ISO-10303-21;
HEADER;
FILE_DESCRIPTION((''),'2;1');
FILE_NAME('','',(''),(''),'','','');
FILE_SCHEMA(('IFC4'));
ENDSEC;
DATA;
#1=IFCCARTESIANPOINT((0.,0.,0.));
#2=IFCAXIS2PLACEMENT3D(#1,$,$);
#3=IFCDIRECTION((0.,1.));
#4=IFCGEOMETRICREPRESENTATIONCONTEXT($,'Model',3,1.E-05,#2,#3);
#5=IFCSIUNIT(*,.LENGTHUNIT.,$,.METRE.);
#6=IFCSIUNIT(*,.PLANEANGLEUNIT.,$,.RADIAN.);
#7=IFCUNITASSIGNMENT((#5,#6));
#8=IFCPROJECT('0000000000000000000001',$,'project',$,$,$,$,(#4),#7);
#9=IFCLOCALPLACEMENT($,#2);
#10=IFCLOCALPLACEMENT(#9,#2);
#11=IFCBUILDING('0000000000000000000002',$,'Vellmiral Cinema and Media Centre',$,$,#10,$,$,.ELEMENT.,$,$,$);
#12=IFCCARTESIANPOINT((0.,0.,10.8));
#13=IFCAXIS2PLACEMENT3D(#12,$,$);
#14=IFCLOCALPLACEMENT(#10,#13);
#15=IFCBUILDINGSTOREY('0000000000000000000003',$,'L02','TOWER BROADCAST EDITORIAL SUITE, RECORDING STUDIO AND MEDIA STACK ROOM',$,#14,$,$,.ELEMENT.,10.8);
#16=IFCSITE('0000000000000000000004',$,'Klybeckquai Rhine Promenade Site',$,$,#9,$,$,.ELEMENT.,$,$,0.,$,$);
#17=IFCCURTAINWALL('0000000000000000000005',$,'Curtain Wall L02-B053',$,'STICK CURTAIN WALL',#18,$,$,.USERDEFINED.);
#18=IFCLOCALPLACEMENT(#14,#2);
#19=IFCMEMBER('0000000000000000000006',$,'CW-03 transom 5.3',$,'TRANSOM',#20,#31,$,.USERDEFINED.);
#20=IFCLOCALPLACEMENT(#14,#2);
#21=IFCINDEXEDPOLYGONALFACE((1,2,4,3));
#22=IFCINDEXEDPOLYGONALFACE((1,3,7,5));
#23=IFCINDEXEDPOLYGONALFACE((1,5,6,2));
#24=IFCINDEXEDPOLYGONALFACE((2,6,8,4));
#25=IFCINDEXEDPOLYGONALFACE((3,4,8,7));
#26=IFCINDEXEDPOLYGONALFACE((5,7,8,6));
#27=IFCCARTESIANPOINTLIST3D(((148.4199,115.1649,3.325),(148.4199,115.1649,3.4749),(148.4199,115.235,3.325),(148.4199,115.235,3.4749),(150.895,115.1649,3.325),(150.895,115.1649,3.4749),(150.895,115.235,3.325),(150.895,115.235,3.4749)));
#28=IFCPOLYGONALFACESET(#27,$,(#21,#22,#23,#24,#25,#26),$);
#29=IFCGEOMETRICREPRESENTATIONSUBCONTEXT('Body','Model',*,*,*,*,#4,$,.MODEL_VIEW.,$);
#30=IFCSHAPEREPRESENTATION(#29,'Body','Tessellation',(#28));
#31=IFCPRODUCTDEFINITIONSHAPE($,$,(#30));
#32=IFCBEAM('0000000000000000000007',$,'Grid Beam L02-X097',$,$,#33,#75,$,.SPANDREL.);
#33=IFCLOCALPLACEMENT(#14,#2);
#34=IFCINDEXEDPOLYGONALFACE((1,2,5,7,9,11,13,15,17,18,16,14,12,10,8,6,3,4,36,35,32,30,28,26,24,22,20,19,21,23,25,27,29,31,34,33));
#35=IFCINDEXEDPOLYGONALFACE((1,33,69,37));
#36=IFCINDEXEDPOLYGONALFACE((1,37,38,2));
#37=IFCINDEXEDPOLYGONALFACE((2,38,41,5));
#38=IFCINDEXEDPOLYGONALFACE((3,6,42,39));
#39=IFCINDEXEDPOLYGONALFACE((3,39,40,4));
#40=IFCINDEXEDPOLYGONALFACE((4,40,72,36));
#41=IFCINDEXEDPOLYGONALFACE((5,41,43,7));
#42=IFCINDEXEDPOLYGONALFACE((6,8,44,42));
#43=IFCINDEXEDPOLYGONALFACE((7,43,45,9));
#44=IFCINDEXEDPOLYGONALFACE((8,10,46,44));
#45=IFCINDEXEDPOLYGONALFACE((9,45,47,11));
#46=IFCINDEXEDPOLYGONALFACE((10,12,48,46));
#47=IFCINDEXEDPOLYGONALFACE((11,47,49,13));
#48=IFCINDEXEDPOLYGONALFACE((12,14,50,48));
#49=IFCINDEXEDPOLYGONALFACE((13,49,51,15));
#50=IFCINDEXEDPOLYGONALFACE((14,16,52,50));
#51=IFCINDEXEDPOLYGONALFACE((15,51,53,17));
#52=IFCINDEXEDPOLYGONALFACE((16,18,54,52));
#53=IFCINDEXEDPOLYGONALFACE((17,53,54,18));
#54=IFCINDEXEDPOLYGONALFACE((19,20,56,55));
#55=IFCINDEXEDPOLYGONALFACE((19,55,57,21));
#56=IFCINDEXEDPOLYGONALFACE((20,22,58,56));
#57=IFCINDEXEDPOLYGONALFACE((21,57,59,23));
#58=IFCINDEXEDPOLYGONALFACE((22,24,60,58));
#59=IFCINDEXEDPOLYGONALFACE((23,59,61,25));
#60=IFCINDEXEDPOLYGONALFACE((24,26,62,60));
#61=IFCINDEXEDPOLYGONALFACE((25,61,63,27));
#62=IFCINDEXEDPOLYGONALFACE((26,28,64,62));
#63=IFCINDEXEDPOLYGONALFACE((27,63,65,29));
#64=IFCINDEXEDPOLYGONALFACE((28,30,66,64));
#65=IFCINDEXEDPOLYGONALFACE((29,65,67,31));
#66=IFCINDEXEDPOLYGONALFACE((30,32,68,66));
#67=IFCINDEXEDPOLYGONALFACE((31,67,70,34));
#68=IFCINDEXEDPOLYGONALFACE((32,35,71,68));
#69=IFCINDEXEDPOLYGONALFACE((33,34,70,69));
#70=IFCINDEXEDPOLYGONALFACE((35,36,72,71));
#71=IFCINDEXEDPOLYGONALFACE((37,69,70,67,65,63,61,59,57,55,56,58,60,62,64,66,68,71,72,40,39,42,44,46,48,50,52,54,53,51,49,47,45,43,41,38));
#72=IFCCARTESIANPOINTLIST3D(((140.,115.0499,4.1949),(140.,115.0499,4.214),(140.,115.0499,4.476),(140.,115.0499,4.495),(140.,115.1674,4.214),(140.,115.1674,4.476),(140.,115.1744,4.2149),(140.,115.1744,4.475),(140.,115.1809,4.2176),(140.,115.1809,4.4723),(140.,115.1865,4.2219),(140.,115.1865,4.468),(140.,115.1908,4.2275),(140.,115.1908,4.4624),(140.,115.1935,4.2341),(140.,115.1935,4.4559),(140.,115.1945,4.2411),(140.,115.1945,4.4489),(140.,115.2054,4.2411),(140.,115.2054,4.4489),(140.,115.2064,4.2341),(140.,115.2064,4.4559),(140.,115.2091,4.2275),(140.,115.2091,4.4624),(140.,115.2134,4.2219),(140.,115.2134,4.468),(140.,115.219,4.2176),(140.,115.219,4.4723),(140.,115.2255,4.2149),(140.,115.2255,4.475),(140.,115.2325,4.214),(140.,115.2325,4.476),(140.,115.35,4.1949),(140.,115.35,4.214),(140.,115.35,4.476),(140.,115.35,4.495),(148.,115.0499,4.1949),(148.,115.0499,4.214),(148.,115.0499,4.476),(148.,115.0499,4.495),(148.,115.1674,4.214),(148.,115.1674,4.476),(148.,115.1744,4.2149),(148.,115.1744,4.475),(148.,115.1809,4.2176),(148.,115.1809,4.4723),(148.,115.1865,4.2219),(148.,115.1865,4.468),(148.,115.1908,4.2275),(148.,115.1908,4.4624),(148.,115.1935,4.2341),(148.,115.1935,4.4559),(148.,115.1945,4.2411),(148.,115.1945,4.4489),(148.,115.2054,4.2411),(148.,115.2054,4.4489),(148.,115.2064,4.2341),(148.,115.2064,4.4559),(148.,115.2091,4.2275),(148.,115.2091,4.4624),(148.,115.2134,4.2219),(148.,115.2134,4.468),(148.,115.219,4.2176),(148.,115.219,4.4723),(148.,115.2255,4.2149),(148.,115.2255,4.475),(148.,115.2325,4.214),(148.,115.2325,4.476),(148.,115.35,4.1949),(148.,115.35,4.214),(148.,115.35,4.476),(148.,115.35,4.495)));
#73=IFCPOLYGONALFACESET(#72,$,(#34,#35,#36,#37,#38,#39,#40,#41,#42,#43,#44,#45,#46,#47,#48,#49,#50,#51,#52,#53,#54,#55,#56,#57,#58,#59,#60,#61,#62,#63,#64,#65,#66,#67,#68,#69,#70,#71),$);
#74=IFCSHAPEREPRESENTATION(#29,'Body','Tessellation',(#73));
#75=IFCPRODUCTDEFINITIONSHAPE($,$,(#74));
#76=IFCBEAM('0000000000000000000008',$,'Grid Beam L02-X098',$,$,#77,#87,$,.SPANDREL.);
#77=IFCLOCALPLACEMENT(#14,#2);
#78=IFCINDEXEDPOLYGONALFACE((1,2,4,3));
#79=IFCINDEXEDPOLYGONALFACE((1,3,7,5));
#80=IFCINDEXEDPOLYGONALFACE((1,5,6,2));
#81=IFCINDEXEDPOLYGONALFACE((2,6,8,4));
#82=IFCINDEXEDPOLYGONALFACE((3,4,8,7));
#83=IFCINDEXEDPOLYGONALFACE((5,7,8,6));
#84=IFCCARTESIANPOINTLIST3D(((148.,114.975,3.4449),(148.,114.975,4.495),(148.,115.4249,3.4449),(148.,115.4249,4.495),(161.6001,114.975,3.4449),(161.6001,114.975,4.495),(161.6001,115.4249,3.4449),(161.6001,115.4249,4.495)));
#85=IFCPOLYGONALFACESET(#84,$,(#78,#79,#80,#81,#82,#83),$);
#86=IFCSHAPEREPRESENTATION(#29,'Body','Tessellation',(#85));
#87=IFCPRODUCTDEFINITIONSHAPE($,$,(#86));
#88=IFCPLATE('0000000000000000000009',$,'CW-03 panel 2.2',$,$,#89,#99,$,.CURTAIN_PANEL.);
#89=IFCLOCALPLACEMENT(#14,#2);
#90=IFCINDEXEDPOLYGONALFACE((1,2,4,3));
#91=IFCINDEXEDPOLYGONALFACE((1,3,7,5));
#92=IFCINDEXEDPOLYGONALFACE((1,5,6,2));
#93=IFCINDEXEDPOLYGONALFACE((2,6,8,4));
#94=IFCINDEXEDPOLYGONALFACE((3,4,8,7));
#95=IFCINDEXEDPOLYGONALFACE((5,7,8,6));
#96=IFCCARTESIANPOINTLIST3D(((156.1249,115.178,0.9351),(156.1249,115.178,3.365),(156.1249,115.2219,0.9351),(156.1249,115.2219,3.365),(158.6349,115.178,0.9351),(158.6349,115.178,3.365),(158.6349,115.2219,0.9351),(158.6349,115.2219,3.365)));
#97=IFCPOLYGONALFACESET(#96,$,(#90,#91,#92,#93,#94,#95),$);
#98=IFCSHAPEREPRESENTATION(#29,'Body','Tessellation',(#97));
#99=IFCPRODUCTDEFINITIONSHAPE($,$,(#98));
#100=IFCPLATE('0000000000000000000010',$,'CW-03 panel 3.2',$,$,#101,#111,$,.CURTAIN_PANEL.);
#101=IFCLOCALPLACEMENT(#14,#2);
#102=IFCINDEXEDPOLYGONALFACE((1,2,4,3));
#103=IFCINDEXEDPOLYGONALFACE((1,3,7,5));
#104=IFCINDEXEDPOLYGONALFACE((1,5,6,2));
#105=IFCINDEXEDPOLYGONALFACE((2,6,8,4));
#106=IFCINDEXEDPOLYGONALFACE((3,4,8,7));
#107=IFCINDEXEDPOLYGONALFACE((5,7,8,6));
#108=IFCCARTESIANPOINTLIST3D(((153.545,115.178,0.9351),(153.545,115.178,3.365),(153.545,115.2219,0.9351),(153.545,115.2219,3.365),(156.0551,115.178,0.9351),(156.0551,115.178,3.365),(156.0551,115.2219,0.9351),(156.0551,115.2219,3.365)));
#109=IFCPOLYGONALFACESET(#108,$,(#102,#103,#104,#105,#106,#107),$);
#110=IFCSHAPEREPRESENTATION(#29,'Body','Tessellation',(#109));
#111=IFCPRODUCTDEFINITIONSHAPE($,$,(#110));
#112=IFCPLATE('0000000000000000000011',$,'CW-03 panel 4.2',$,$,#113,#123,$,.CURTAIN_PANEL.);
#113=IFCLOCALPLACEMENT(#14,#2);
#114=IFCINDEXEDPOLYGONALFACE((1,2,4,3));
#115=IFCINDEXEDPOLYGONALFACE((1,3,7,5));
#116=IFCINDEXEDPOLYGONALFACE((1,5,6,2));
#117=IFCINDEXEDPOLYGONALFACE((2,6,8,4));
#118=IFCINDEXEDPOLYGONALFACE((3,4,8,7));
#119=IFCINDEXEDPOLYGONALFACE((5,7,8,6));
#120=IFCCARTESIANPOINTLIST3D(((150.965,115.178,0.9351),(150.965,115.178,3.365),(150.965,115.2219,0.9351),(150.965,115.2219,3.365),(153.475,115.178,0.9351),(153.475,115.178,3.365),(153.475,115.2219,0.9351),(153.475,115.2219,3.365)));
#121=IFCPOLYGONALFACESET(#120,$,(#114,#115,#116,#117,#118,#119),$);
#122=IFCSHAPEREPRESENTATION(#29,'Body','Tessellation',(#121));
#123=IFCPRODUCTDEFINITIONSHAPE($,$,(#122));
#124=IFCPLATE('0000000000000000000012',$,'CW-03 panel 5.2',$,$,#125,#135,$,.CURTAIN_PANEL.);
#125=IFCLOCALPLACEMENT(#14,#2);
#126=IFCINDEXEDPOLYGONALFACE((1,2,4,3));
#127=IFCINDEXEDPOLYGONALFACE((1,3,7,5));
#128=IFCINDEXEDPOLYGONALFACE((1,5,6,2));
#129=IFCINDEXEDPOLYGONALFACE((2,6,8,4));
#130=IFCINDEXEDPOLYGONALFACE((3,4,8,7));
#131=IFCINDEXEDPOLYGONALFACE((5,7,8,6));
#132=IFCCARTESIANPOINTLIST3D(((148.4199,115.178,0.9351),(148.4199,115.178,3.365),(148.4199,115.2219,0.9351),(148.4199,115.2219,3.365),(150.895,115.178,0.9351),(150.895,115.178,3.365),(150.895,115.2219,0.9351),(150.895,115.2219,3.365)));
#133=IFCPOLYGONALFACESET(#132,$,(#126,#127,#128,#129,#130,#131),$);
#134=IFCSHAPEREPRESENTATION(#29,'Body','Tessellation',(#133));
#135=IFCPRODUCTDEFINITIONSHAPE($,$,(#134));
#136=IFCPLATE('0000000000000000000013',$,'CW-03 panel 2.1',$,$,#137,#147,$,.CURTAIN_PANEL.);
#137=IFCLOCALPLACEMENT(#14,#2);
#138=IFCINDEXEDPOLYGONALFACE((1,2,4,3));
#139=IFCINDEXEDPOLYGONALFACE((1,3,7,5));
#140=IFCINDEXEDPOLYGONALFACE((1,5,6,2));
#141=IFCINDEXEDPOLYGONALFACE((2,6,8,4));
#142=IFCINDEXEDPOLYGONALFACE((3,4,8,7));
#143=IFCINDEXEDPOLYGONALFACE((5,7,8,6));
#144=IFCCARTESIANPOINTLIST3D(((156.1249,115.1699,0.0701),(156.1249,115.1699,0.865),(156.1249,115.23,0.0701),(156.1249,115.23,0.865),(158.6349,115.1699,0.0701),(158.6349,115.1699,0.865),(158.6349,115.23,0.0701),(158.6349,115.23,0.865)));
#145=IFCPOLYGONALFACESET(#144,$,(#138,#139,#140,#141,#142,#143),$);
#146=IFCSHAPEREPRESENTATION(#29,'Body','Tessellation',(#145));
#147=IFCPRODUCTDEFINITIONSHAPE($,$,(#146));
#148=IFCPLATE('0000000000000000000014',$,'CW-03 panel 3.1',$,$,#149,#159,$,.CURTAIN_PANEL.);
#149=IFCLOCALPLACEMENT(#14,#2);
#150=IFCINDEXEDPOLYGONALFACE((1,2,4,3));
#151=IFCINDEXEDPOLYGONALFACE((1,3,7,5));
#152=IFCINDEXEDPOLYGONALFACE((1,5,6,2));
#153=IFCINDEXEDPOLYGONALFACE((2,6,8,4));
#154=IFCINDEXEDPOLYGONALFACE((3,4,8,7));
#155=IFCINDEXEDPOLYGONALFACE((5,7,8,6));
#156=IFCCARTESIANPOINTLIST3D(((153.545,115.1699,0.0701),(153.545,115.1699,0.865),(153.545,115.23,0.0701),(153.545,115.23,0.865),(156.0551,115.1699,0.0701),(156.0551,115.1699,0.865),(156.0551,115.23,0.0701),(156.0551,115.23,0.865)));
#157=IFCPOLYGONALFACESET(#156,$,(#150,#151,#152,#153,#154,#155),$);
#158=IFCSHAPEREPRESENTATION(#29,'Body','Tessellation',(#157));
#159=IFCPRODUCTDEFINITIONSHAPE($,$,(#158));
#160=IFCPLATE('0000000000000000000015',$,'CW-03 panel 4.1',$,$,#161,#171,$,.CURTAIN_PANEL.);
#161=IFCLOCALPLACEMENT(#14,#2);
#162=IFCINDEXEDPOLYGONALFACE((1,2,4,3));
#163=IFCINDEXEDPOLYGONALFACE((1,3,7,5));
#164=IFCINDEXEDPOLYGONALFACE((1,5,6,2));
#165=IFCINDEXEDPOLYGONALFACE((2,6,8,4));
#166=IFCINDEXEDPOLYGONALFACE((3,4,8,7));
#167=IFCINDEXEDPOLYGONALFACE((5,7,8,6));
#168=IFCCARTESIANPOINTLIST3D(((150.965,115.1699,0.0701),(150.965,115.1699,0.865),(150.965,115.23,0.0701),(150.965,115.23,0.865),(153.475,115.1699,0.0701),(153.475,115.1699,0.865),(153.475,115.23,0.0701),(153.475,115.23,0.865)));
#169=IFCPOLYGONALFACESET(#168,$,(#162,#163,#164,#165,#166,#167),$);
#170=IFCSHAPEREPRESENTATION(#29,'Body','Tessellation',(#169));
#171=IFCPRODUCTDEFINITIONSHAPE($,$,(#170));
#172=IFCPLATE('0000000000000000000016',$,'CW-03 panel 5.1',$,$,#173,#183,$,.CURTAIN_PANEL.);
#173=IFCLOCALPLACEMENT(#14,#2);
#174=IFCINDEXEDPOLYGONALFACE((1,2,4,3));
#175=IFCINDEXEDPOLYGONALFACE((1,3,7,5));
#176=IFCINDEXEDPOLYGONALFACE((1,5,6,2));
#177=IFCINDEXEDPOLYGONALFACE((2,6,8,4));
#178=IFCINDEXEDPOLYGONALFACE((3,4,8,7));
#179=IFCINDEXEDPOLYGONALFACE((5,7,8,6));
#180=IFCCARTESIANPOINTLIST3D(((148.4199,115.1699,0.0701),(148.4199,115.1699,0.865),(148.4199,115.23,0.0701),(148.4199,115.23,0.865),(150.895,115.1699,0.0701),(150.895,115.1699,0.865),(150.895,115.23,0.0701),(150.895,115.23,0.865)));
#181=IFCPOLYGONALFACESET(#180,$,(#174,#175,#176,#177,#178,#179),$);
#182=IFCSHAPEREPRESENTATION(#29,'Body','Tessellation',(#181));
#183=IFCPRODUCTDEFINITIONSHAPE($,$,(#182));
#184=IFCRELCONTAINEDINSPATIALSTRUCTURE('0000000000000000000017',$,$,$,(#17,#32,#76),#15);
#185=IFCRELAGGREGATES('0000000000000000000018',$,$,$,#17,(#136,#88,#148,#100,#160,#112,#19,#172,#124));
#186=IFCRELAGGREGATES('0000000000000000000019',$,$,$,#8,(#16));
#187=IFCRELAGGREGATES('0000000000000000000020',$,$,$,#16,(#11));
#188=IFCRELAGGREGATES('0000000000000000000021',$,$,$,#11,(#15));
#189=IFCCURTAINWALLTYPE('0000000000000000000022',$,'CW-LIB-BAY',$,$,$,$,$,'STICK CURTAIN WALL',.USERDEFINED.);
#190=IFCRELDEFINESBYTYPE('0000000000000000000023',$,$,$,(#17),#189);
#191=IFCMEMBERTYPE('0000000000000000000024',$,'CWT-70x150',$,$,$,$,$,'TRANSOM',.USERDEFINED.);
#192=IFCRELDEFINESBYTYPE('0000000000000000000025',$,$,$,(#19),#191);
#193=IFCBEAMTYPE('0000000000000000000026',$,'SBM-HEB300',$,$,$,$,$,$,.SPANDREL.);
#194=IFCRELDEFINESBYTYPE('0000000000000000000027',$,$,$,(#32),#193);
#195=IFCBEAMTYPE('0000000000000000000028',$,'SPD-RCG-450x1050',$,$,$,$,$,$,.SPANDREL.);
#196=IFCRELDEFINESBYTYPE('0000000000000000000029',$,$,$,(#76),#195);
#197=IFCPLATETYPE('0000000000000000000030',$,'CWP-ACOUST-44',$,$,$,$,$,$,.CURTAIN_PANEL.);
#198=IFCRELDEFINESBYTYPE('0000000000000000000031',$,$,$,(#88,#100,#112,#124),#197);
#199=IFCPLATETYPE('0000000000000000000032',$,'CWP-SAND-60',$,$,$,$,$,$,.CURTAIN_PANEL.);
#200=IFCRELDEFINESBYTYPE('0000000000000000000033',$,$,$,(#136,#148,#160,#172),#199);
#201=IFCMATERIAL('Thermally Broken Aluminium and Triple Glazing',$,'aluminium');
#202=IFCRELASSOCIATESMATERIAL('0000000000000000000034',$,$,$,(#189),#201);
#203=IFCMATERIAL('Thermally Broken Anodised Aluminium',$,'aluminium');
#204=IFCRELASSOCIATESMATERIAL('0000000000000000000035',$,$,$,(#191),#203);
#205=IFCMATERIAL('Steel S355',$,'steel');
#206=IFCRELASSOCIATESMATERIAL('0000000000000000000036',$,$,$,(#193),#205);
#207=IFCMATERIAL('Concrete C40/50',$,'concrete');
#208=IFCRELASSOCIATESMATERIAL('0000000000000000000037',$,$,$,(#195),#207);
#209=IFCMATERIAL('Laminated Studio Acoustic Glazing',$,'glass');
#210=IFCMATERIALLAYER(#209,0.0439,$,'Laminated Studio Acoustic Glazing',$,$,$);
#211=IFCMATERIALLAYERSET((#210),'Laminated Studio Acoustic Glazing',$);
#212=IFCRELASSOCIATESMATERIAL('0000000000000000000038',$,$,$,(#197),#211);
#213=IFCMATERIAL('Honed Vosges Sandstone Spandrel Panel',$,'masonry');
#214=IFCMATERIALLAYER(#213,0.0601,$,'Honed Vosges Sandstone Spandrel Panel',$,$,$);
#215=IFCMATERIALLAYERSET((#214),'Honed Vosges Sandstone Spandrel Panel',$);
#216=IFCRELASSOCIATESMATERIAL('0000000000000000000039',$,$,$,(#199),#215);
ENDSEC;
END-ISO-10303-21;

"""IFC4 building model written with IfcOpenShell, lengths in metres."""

from ifc_helpers import new_model, si_unit, direction, frame, origin, origin_2d, place, context, subcontext, project, spatial, rectangle, i_section, extrude, material, layer, layer_set, material_profile, profile_set, type_object, element, aggregate, save


model = new_model("IFC4")

# Units and contexts
model_context = context("Model", 3, precision=1e-05, world=origin(), true_north=direction((0.0, 1.0)))
body_context = subcontext(model_context, "Body", "Model", "MODEL_VIEW")
ifc_project = project(units=[si_unit("LENGTHUNIT", "METRE"), si_unit("PLANEANGLEUNIT", "RADIAN")], contexts=[model_context])

# Site, building, storey
site_placement = place(None, origin())
site = spatial("IfcSite", under=ifc_project, at=site_placement, Name="Klybeckquai Rhine Promenade Site", CompositionType="ELEMENT", RefElevation=0.0)
building_placement = place(site_placement, origin())
building = spatial("IfcBuilding", under=site, at=building_placement, Name="Vellmiral Cinema and Media Centre", CompositionType="ELEMENT")
storey_placement = place(building_placement, frame((0.0, 0.0, 10.8)))
storey = spatial("IfcBuildingStorey", under=building, at=storey_placement, Name="L02", Description="TOWER BROADCAST EDITORIAL SUITE, RECORDING STUDIO AND MEDIA STACK ROOM", CompositionType="ELEMENT", Elevation=10.8)

# Curtain wall
ifc_material_1 = material(Name="Thermally Broken Aluminium and Triple Glazing", Category="aluminium")
curtain_wall_type = type_object("IfcCurtainWallType", Name="CW-LIB-BAY", ElementType="STICK CURTAIN WALL", PredefinedType="USERDEFINED", material=ifc_material_1)
curtain_wall_1_placement = place(storey_placement, origin())
curtain_wall_1 = element("IfcCurtainWall", 1, at=curtain_wall_1_placement, inside=storey, type_object=curtain_wall_type, Name="Curtain Wall L02-B053", ObjectType="STICK CURTAIN WALL", PredefinedType="USERDEFINED")

# Member
ifc_material_2 = material(Name="Thermally Broken Anodised Aluminium", Category="aluminium")
ifc_material_profile_1 = material_profile(ifc_material_2, rectangle(XDim=0.0701, YDim=0.1499, at=origin_2d()), Name="MULL 70x150")
ifc_profile_set_1 = profile_set([ifc_material_profile_1], Name="Thermally Broken Anodised Aluminium")
member_type_1 = type_object("IfcMemberType", Name="CWT-70x150", ElementType="TRANSOM", PredefinedType="USERDEFINED", material=ifc_profile_set_1)
member_1_placement = place(storey_placement, frame((150.895, 115.2, 3.3999), z_axis=(-1.0, 0.0, 0.0), x_axis=(0.0, -1.0, 0.0)))
member_1 = element("IfcMember", 2, at=member_1_placement, type_object=member_type_1, Name="CW-03 transom 5.3", ObjectType="TRANSOM", PredefinedType="USERDEFINED", context=body_context, shape_type="SweptSolid", body=[
    extrude(rectangle(XDim=0.0701, YDim=0.1499, at=origin_2d()), origin(), (0.0, 0.0, 1.0), 2.4751),
])

# Beams
ifc_material_3 = material(Name="Steel S355", Category="steel")
ifc_material_profile_2 = material_profile(ifc_material_3, i_section(OverallWidth=0.3, OverallDepth=0.3, WebThickness=0.011, FlangeThickness=0.019, FilletRadius=0.0271, at=origin_2d()), Name="HEB 300")
ifc_profile_set_2 = profile_set([ifc_material_profile_2], Name="Steel S355")
beam_type_1 = type_object("IfcBeamType", Name="SBM-HEB300", PredefinedType="SPANDREL", material=ifc_profile_set_2)
beam_1_placement = place(storey_placement, frame((140.0, 115.2, 4.345), z_axis=(1.0, 0.0, 0.0), x_axis=(0.0, 1.0, 0.0)))
element("IfcBeam", 3, at=beam_1_placement, inside=storey, type_object=beam_type_1, Name="Grid Beam L02-X097", PredefinedType="SPANDREL", context=body_context, shape_type="SweptSolid", body=[
    extrude(i_section(OverallWidth=0.3, OverallDepth=0.3, WebThickness=0.011, FlangeThickness=0.019, FilletRadius=0.0271, at=origin_2d()), origin(), (0.0, 0.0, 1.0), 8.0),
])
ifc_material_4 = material(Name="Concrete C40/50", Category="concrete")
ifc_material_profile_3 = material_profile(ifc_material_4, rectangle(XDim=0.45, YDim=1.05, at=origin_2d()), Name="RC 450x1050")
ifc_profile_set_3 = profile_set([ifc_material_profile_3], Name="Concrete C40/50")
beam_type_2 = type_object("IfcBeamType", Name="SPD-RCG-450x1050", PredefinedType="SPANDREL", material=ifc_profile_set_3)
beam_2_placement = place(storey_placement, frame((148.0, 115.2, 3.97), z_axis=(1.0, 0.0, 0.0), x_axis=(0.0, 1.0, 0.0)))
element("IfcBeam", 4, at=beam_2_placement, inside=storey, type_object=beam_type_2, Name="Grid Beam L02-X098", PredefinedType="SPANDREL", context=body_context, shape_type="SweptSolid", body=[
    extrude(rectangle(XDim=0.45, YDim=1.05, at=origin_2d()), origin(), (0.0, 0.0, 1.0), 13.6001),
])

# Plates
ifc_material_5 = material(Name="Laminated Studio Acoustic Glazing", Category="glass")
ifc_layer_1 = layer(ifc_material_5, 0.0439, Name="Laminated Studio Acoustic Glazing")
ifc_layer_set_1 = layer_set([ifc_layer_1], Name="Laminated Studio Acoustic Glazing")
plate_type_1 = type_object("IfcPlateType", Name="CWP-ACOUST-44", PredefinedType="CURTAIN_PANEL", material=ifc_layer_set_1)
plate_1_placement = place(storey_placement, frame((157.3799, 115.2, 0.9351), z_axis=(0.0, 0.0, 1.0), x_axis=(-1.0, 0.0, 0.0)))
plate_1 = element("IfcPlate", 5, at=plate_1_placement, type_object=plate_type_1, Name="CW-03 panel 2.2", PredefinedType="CURTAIN_PANEL", context=body_context, shape_type="SweptSolid", body=[
    extrude(rectangle(XDim=2.51, YDim=0.0439, at=origin_2d()), origin(), (0.0, 0.0, 1.0), 2.4299),
])
plate_2_placement = place(storey_placement, frame((154.8, 115.2, 0.9351), z_axis=(0.0, 0.0, 1.0), x_axis=(-1.0, 0.0, 0.0)))
plate_2 = element("IfcPlate", 6, at=plate_2_placement, type_object=plate_type_1, Name="CW-03 panel 3.2", PredefinedType="CURTAIN_PANEL", context=body_context, shape_type="SweptSolid", body=[
    extrude(rectangle(XDim=2.51, YDim=0.0439, at=origin_2d()), origin(), (0.0, 0.0, 1.0), 2.4299),
])
plate_3_placement = place(storey_placement, frame((152.22, 115.2, 0.9351), z_axis=(0.0, 0.0, 1.0), x_axis=(-1.0, 0.0, 0.0)))
plate_3 = element("IfcPlate", 7, at=plate_3_placement, type_object=plate_type_1, Name="CW-03 panel 4.2", PredefinedType="CURTAIN_PANEL", context=body_context, shape_type="SweptSolid", body=[
    extrude(rectangle(XDim=2.51, YDim=0.0439, at=origin_2d()), origin(), (0.0, 0.0, 1.0), 2.4299),
])
plate_4_placement = place(storey_placement, frame((149.6575, 115.2, 0.9351), z_axis=(0.0, 0.0, 1.0), x_axis=(-1.0, 0.0, 0.0)))
plate_4 = element("IfcPlate", 8, at=plate_4_placement, type_object=plate_type_1, Name="CW-03 panel 5.2", PredefinedType="CURTAIN_PANEL", context=body_context, shape_type="SweptSolid", body=[
    extrude(rectangle(XDim=2.4751, YDim=0.0439, at=origin_2d()), origin(), (0.0, 0.0, 1.0), 2.4299),
])
ifc_material_6 = material(Name="Honed Vosges Sandstone Spandrel Panel", Category="masonry")
ifc_layer_2 = layer(ifc_material_6, 0.0601, Name="Honed Vosges Sandstone Spandrel Panel")
ifc_layer_set_2 = layer_set([ifc_layer_2], Name="Honed Vosges Sandstone Spandrel Panel")
plate_type_2 = type_object("IfcPlateType", Name="CWP-SAND-60", PredefinedType="CURTAIN_PANEL", material=ifc_layer_set_2)
plate_5_placement = place(storey_placement, frame((157.3799, 115.2, 0.0701), z_axis=(0.0, 0.0, 1.0), x_axis=(-1.0, 0.0, 0.0)))
plate_5 = element("IfcPlate", 9, at=plate_5_placement, type_object=plate_type_2, Name="CW-03 panel 2.1", PredefinedType="CURTAIN_PANEL", context=body_context, shape_type="SweptSolid", body=[
    extrude(rectangle(XDim=2.51, YDim=0.0601, at=origin_2d()), origin(), (0.0, 0.0, 1.0), 0.7949),
])
plate_6_placement = place(storey_placement, frame((154.8, 115.2, 0.0701), z_axis=(0.0, 0.0, 1.0), x_axis=(-1.0, 0.0, 0.0)))
plate_6 = element("IfcPlate", 10, at=plate_6_placement, type_object=plate_type_2, Name="CW-03 panel 3.1", PredefinedType="CURTAIN_PANEL", context=body_context, shape_type="SweptSolid", body=[
    extrude(rectangle(XDim=2.51, YDim=0.0601, at=origin_2d()), origin(), (0.0, 0.0, 1.0), 0.7949),
])
plate_7_placement = place(storey_placement, frame((152.22, 115.2, 0.0701), z_axis=(0.0, 0.0, 1.0), x_axis=(-1.0, 0.0, 0.0)))
plate_7 = element("IfcPlate", 11, at=plate_7_placement, type_object=plate_type_2, Name="CW-03 panel 4.1", PredefinedType="CURTAIN_PANEL", context=body_context, shape_type="SweptSolid", body=[
    extrude(rectangle(XDim=2.51, YDim=0.0601, at=origin_2d()), origin(), (0.0, 0.0, 1.0), 0.7949),
])
plate_8_placement = place(storey_placement, frame((149.6575, 115.2, 0.0701), z_axis=(0.0, 0.0, 1.0), x_axis=(-1.0, 0.0, 0.0)))
plate_8 = element("IfcPlate", 12, at=plate_8_placement, type_object=plate_type_2, Name="CW-03 panel 5.1", PredefinedType="CURTAIN_PANEL", context=body_context, shape_type="SweptSolid", body=[
    extrude(rectangle(XDim=2.4751, YDim=0.0601, at=origin_2d()), origin(), (0.0, 0.0, 1.0), 0.7949),
])
aggregate(curtain_wall_1, [plate_5, plate_1, plate_6, plate_2, plate_7, plate_3, member_1, plate_8, plate_4])

save(model, "model.ifc")
